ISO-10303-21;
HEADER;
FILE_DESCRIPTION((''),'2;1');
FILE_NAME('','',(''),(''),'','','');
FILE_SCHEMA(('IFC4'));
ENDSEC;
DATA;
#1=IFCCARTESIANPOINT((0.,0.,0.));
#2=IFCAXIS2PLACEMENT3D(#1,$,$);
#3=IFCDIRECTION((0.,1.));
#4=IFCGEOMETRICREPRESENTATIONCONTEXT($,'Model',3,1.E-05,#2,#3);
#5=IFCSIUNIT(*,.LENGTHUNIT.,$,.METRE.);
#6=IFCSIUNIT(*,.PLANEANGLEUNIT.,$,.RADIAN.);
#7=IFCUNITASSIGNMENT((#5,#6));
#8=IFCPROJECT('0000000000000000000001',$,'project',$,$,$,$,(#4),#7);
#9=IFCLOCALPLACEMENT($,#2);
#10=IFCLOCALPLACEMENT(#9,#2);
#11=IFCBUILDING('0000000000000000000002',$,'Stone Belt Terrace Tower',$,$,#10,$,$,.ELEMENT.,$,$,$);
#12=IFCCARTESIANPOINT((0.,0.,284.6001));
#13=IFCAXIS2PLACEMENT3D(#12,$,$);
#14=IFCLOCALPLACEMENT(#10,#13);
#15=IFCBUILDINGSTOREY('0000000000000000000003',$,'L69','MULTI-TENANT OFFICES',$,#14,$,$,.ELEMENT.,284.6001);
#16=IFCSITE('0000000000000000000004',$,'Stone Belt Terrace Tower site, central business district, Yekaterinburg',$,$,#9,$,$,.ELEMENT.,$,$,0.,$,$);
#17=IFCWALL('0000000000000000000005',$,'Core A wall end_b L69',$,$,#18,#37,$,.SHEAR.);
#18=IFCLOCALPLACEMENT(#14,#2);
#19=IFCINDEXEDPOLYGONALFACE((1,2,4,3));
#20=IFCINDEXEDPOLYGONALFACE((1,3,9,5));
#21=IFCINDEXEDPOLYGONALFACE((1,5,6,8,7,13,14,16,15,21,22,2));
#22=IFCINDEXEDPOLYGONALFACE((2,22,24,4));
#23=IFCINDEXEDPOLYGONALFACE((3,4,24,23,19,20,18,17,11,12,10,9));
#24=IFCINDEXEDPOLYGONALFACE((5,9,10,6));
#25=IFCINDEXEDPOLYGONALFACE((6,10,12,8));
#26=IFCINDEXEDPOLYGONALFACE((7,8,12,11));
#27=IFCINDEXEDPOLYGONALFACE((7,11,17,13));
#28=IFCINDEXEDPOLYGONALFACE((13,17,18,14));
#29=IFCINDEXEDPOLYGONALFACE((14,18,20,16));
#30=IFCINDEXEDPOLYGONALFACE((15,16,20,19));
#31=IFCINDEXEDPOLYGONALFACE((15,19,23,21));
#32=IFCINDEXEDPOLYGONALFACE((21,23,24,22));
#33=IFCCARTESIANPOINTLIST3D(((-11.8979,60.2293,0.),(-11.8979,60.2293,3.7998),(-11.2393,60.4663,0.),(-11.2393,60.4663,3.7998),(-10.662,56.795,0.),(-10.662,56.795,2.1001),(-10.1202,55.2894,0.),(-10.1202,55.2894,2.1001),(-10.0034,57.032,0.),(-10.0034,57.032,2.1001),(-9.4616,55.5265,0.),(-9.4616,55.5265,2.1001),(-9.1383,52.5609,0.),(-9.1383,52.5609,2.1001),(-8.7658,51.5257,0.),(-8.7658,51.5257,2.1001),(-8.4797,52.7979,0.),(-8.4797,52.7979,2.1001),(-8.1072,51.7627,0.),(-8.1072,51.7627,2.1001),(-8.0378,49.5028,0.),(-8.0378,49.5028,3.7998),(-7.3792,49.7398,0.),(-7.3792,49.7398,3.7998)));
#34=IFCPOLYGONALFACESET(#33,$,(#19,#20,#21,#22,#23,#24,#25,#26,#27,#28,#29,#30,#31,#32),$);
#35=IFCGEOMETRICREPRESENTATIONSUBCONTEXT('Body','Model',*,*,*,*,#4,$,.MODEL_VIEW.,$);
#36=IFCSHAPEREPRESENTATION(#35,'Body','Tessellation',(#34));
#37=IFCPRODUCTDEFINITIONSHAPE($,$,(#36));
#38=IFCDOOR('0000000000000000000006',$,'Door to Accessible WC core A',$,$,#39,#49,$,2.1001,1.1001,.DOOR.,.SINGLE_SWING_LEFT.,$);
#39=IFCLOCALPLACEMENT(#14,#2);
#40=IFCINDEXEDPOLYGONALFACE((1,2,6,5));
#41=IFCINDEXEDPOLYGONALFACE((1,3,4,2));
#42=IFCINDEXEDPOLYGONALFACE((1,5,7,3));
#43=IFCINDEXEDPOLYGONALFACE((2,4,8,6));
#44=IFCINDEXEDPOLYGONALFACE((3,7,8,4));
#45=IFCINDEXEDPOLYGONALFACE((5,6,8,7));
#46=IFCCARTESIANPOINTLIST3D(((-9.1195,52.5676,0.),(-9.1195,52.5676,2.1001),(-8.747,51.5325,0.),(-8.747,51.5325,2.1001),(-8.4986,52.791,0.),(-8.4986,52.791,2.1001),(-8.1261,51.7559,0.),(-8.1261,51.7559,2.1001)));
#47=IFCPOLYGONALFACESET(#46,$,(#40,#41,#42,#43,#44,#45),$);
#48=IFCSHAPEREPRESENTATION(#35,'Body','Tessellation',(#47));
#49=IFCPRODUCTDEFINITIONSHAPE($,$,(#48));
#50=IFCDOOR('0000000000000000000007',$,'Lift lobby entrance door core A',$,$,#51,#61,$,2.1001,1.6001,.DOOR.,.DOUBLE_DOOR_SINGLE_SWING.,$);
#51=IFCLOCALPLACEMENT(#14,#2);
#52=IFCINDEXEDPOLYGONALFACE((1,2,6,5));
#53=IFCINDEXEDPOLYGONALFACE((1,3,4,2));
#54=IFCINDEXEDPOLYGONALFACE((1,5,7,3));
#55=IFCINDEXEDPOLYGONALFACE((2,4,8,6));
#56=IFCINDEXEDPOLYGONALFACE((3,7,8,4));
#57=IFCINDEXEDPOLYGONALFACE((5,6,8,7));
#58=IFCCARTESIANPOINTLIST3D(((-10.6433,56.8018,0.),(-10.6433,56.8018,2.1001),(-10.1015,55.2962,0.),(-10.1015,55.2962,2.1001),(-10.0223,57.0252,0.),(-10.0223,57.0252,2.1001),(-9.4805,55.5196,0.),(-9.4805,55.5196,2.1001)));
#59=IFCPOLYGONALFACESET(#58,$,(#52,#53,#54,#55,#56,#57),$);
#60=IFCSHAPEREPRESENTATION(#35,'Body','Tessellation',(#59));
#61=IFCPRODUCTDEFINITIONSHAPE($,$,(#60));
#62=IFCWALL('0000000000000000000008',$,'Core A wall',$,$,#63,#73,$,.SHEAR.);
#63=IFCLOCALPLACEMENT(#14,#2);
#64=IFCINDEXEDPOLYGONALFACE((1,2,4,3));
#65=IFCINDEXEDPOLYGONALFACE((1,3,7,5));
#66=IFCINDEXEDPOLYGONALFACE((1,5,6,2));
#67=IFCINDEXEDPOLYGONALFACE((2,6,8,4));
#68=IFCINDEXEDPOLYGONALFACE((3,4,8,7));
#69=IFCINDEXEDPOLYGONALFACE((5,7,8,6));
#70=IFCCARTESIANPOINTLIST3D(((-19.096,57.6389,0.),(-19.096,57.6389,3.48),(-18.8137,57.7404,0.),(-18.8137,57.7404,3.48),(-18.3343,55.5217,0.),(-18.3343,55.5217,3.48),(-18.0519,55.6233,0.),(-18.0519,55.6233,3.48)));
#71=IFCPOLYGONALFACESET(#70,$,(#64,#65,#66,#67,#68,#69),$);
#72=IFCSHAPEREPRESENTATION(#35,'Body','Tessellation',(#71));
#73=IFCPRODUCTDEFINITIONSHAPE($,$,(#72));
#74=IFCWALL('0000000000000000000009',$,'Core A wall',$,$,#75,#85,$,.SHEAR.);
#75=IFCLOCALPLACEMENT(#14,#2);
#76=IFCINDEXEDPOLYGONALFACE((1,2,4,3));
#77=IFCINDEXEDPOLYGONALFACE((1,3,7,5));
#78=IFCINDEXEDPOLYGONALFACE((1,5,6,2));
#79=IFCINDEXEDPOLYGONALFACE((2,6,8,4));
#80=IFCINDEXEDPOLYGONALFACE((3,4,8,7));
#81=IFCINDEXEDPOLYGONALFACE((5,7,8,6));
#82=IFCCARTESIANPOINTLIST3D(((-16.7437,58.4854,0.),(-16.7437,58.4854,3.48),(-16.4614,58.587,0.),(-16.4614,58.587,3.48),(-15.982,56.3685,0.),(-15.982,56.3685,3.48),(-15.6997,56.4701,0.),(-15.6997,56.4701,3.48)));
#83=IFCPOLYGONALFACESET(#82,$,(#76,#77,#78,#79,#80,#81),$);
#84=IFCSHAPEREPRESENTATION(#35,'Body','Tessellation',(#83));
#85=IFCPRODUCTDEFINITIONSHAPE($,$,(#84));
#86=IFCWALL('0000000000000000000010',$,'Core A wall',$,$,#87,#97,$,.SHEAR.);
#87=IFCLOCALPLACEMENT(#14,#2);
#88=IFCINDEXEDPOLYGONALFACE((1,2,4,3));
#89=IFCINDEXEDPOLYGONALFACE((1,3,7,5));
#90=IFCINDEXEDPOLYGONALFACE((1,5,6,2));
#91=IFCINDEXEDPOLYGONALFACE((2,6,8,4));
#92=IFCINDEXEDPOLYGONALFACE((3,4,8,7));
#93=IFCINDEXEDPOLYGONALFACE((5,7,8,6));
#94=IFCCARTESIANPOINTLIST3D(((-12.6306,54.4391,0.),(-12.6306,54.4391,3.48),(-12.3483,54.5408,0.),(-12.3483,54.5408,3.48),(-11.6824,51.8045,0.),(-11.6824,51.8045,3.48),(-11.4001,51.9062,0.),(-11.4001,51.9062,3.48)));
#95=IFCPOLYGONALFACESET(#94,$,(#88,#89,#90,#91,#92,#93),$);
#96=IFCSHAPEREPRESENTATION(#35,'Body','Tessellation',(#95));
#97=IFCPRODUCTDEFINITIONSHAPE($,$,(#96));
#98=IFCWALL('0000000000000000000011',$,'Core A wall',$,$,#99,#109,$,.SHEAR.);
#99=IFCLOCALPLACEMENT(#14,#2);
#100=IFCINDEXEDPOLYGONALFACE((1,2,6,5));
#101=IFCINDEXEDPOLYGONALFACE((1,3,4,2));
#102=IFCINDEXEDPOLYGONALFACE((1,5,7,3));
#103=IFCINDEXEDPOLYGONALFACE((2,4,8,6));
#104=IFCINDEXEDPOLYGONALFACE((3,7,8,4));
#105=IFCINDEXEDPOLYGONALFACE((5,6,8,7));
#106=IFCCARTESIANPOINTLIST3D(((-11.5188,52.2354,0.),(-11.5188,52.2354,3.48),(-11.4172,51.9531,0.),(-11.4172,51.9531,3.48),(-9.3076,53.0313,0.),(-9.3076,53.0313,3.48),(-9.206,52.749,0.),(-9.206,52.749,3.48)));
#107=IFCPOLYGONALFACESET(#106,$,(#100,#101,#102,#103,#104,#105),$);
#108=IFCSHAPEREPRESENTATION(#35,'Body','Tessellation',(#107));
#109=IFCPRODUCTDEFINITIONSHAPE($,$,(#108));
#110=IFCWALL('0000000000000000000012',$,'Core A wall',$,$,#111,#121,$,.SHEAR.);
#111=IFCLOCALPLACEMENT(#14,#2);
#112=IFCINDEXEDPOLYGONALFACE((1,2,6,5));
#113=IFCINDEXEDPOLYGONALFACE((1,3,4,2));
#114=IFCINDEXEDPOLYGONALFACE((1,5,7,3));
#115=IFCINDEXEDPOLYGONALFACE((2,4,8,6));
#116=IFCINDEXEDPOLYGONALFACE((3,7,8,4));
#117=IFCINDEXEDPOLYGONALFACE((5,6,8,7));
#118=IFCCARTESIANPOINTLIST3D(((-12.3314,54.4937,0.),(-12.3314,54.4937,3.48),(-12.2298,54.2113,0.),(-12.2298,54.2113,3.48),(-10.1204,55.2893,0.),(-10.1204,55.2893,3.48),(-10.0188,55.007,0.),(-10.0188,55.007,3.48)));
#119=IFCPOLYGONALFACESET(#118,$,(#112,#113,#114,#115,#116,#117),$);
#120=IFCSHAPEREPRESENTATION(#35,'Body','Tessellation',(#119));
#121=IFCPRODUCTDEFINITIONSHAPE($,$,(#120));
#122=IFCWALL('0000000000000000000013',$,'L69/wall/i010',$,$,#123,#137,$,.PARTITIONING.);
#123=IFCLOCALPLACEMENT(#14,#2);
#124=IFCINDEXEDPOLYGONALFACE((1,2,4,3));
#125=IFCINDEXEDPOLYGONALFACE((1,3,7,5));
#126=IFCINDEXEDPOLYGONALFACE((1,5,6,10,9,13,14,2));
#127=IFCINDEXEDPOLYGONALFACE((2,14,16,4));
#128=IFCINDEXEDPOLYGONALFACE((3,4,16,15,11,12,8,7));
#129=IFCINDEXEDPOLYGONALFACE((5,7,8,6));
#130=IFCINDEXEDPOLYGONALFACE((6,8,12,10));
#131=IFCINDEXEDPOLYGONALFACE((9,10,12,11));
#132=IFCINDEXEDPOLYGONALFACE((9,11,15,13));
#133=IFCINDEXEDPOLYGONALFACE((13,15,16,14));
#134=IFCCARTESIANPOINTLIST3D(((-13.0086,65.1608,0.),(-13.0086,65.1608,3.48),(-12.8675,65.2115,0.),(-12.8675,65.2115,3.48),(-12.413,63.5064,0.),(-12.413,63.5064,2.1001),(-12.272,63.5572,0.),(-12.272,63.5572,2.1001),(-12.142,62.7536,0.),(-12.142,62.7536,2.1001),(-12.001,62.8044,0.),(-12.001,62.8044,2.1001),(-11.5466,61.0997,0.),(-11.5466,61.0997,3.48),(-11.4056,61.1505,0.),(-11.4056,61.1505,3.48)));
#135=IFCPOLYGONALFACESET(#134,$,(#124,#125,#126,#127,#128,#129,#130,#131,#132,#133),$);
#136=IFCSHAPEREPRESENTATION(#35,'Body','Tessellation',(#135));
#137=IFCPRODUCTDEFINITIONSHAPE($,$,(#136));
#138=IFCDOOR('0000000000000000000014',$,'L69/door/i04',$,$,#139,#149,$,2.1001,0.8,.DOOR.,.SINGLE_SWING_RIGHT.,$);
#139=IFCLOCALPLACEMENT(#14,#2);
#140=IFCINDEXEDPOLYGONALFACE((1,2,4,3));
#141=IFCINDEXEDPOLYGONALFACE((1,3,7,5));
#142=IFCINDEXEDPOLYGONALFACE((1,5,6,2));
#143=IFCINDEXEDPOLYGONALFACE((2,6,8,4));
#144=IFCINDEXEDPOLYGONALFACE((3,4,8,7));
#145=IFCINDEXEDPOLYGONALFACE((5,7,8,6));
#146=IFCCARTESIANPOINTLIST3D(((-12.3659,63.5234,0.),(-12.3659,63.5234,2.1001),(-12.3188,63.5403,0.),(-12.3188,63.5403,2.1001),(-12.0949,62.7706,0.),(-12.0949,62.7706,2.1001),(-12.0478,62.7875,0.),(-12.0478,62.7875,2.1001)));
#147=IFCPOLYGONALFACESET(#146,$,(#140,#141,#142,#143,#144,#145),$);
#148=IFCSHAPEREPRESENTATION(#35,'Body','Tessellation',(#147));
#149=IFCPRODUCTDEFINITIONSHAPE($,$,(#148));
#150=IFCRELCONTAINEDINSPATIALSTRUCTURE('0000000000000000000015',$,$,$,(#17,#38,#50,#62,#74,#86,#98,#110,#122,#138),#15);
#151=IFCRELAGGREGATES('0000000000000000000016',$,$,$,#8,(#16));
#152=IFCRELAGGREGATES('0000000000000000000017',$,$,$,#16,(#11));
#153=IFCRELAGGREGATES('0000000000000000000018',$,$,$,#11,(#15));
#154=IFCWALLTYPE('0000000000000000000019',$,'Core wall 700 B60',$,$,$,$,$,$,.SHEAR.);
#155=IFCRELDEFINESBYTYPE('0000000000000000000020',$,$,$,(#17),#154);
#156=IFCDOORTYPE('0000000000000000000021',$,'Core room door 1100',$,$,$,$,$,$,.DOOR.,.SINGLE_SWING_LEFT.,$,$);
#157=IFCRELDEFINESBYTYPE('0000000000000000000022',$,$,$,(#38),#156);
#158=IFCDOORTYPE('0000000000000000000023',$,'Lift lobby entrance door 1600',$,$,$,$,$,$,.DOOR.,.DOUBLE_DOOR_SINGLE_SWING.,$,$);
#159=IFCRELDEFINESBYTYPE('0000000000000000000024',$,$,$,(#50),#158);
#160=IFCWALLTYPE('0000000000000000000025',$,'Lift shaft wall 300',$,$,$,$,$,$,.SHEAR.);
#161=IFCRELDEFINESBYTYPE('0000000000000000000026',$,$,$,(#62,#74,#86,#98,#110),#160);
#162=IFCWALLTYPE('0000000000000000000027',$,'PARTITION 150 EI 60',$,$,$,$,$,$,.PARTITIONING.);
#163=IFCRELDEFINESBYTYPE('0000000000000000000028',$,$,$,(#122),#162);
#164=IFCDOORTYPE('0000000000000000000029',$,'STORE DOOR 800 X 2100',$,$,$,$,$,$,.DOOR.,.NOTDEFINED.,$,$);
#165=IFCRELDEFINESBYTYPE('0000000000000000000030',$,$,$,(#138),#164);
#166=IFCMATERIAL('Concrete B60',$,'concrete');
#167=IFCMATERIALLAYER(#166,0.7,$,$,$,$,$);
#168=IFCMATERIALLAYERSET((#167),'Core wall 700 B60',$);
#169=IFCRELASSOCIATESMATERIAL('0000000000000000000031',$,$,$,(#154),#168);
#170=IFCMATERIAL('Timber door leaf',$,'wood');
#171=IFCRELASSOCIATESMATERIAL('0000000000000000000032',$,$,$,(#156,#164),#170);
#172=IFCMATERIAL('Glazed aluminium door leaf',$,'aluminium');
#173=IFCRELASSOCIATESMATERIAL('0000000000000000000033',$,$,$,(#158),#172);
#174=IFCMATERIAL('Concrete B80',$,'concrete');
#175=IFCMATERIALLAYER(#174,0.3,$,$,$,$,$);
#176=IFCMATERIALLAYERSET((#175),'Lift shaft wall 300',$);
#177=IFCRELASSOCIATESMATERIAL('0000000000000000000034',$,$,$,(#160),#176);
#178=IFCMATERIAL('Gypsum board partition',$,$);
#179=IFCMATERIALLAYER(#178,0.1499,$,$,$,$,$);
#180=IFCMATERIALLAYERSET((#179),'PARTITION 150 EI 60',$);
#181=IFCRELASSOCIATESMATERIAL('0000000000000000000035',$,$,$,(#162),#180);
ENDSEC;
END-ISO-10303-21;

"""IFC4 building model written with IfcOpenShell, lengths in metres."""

from ifc_helpers import new_model, si_unit, direction, frame, frame_2d, origin, place, context, subcontext, project, spatial, rectangle, extrude, material, layer, layer_set, type_object, element, fill, save


model = new_model("IFC4")

# Units and contexts
model_context = context("Model", 3, precision=1e-05, world=origin(), true_north=direction((0.0, 1.0)))
body_context = subcontext(model_context, "Body", "Model", "MODEL_VIEW")
ifc_project = project(units=[si_unit("LENGTHUNIT", "METRE"), si_unit("PLANEANGLEUNIT", "RADIAN")], contexts=[model_context])

# Site, building, storey
site_placement = place(None, origin())
site = spatial("IfcSite", under=ifc_project, at=site_placement, Name="Stone Belt Terrace Tower site, central business district, Yekaterinburg", CompositionType="ELEMENT", RefElevation=0.0)
building_placement = place(site_placement, origin())
building = spatial("IfcBuilding", under=site, at=building_placement, Name="Stone Belt Terrace Tower", CompositionType="ELEMENT")
storey_placement = place(building_placement, frame((0.0, 0.0, 284.6001)))
storey = spatial("IfcBuildingStorey", under=building, at=storey_placement, Name="L69", Description="MULTI-TENANT OFFICES", CompositionType="ELEMENT", Elevation=284.6001)

# Shared definitions
ifc_material_1 = material(Name="Concrete B60", Category="concrete")

# Shared definitions
ifc_material_2 = material(Name="Timber door leaf", Category="wood")

# Wall, openings, doors
ifc_layer_1 = layer(ifc_material_1, 0.7)
ifc_layer_set_1 = layer_set([ifc_layer_1], Name="Core wall 700 B60")
wall_type_1 = type_object("IfcWallType", Name="Core wall 700 B60", PredefinedType="SHEAR", material=ifc_layer_set_1)
wall_1_placement = place(storey_placement, frame((-7.7085, 49.6213, 0.0), z_axis=(0.0, 0.0, 1.0), x_axis=(-0.338606, 0.940928, 0.0)))
wall_1 = element("IfcWall", 1, at=wall_1_placement, inside=storey, type_object=wall_type_1, Name="Core A wall end_b L69", PredefinedType="SHEAR", context=body_context, shape_type="SweptSolid", body=[
    extrude(rectangle(XDim=11.3999, YDim=0.7, at=frame_2d((5.7, 0.0))), origin(), (0.0, 0.0, 1.0), 3.7998),
])
opening_1_placement = place(wall_1_placement, frame((6.1499, 0.0, 0.0)))
opening_1 = element("IfcOpeningElement", 2, at=opening_1_placement, cuts=wall_1, PredefinedType="OPENING", context=body_context, shape_type="SweptSolid", body=[
    extrude(rectangle(XDim=1.6001, YDim=2.1001, at=frame_2d((0.8, 1.05))), frame((0.0, 0.3599, 0.0), z_axis=(0.0, -1.0, 0.0), x_axis=(1.0, 0.0, 0.0)), (0.0, 0.0, 1.0), 0.72),
])
opening_2_placement = place(wall_1_placement, frame((2.1499, 0.0, 0.0)))
opening_2 = element("IfcOpeningElement", 3, at=opening_2_placement, cuts=wall_1, PredefinedType="OPENING", context=body_context, shape_type="SweptSolid", body=[
    extrude(rectangle(XDim=1.1001, YDim=2.1001, at=frame_2d((0.55, 1.05))), frame((0.0, 0.3599, 0.0), z_axis=(0.0, -1.0, 0.0), x_axis=(1.0, 0.0, 0.0)), (0.0, 0.0, 1.0), 0.72),
])
door_type_1 = type_object("IfcDoorType", Name="Core room door 1100", OperationType="SINGLE_SWING_LEFT", PredefinedType="DOOR", material=ifc_material_2)
door_1_placement = place(opening_2_placement, origin())
door_1 = element("IfcDoor", 4, at=door_1_placement, inside=storey, type_object=door_type_1, Name="Door to Accessible WC core A", OperationType="SINGLE_SWING_LEFT", OverallHeight=2.1001, OverallWidth=1.1001, PredefinedType="DOOR", context=body_context, shape_type="SweptSolid", body=[
    extrude(rectangle(XDim=1.1001, YDim=2.1001, at=frame_2d((0.55, 1.05))), frame((0.0, 0.3301, 0.0), z_axis=(0.0, -1.0, 0.0), x_axis=(1.0, 0.0, 0.0)), (0.0, 0.0, 1.0), 0.6599),
])
fill(opening_2, door_1)
ifc_material_3 = material(Name="Glazed aluminium door leaf", Category="aluminium")
door_type_2 = type_object("IfcDoorType", Name="Lift lobby entrance door 1600", OperationType="DOUBLE_DOOR_SINGLE_SWING", PredefinedType="DOOR", material=ifc_material_3)
door_2_placement = place(opening_1_placement, origin())
door_2 = element("IfcDoor", 5, at=door_2_placement, inside=storey, type_object=door_type_2, Name="Lift lobby entrance door core A", OperationType="DOUBLE_DOOR_SINGLE_SWING", OverallHeight=2.1001, OverallWidth=1.6001, PredefinedType="DOOR", context=body_context, shape_type="SweptSolid", body=[
    extrude(rectangle(XDim=1.6001, YDim=2.1001, at=frame_2d((0.8, 1.05))), frame((0.0, 0.3301, 0.0), z_axis=(0.0, -1.0, 0.0), x_axis=(1.0, 0.0, 0.0)), (0.0, 0.0, 1.0), 0.6599),
])
fill(opening_1, door_2)

# Walls
ifc_material_4 = material(Name="Concrete B80", Category="concrete")
ifc_layer_2 = layer(ifc_material_4, 0.3)
ifc_layer_set_2 = layer_set([ifc_layer_2], Name="Lift shaft wall 300")
wall_type_2 = type_object("IfcWallType", Name="Lift shaft wall 300", PredefinedType="SHEAR", material=ifc_layer_set_2)
wall_2_placement = place(storey_placement, frame((-18.1931, 55.5725, 0.0), z_axis=(0.0, 0.0, 1.0), x_axis=(-0.338535, 0.940954, 0.0)))
element("IfcWall", 6, at=wall_2_placement, inside=storey, type_object=wall_type_2, Name="Core A wall", PredefinedType="SHEAR", context=body_context, shape_type="SweptSolid", body=[
    extrude(rectangle(XDim=2.25, YDim=0.3, at=frame_2d((1.125, 0.0))), origin(), (0.0, 0.0, 1.0), 3.48),
])
wall_3_placement = place(storey_placement, frame((-15.8408, 56.4192, 0.0), z_axis=(0.0, 0.0, 1.0), x_axis=(-0.33857, 0.940941, 0.0)))
element("IfcWall", 7, at=wall_3_placement, inside=storey, type_object=wall_type_2, Name="Core A wall", PredefinedType="SHEAR", context=body_context, shape_type="SweptSolid", body=[
    extrude(rectangle(XDim=2.2498, YDim=0.3, at=frame_2d((1.125, 0.0))), origin(), (0.0, 0.0, 1.0), 3.48),
])
wall_4_placement = place(storey_placement, frame((-11.5413, 51.8555, 0.0), z_axis=(0.0, 0.0, 1.0), x_axis=(-0.338661, 0.940909, 0.0)))
element("IfcWall", 8, at=wall_4_placement, inside=storey, type_object=wall_type_2, Name="Core A wall", PredefinedType="SHEAR", context=body_context, shape_type="SweptSolid", body=[
    extrude(rectangle(XDim=2.8, YDim=0.3, at=frame_2d((1.3999, 0.0))), origin(), (0.0, 0.0, 1.0), 3.48),
])
wall_5_placement = place(storey_placement, frame((-11.468, 52.0942, 0.0), z_axis=(0.0, 0.0, 1.0), x_axis=(0.940905, 0.338672, 0.0)))
element("IfcWall", 9, at=wall_5_placement, inside=storey, type_object=wall_type_2, Name="Core A wall", PredefinedType="SHEAR", context=body_context, shape_type="SweptSolid", body=[
    extrude(rectangle(XDim=2.3501, YDim=0.3, at=frame_2d((1.175, 0.0))), origin(), (0.0, 0.0, 1.0), 3.48),
])
wall_6_placement = place(storey_placement, frame((-12.2805, 54.3525, 0.0), z_axis=(0.0, 0.0, 1.0), x_axis=(0.940926, 0.338613, 0.0)))
element("IfcWall", 10, at=wall_6_placement, inside=storey, type_object=wall_type_2, Name="Core A wall", PredefinedType="SHEAR", context=body_context, shape_type="SweptSolid", body=[
    extrude(rectangle(XDim=2.3499, YDim=0.3, at=frame_2d((1.1748, 0.0))), origin(), (0.0, 0.0, 1.0), 3.48),
])

# Wall, opening, door
ifc_material_5 = material(Name="Gypsum board partition")
ifc_layer_3 = layer(ifc_material_5, 0.1499)
ifc_layer_set_3 = layer_set([ifc_layer_3], Name="PARTITION 150 EI 60")
wall_type_3 = type_object("IfcWallType", Name="PARTITION 150 EI 60", PredefinedType="PARTITIONING", material=ifc_layer_set_3)
wall_7_placement = place(storey_placement, frame((-11.4761, 61.125, 0.0), z_axis=(0.0, 0.0, 1.0), x_axis=(-0.338707, 0.940892, 0.0)))
wall_7 = element("IfcWall", 11, at=wall_7_placement, inside=storey, type_object=wall_type_3, Name="L69/wall/i010", PredefinedType="PARTITIONING", context=body_context, shape_type="SweptSolid", body=[
    extrude(rectangle(XDim=4.3162, YDim=0.1499, at=frame_2d((2.1582, 0.0))), origin(), (0.0, 0.0, 1.0), 3.48),
])
opening_3_placement = place(wall_7_placement, frame((1.7581, 0.0, 0.0)))
opening_3 = element("IfcOpeningElement", 12, at=opening_3_placement, cuts=wall_7, PredefinedType="OPENING", context=body_context, shape_type="SweptSolid", body=[
    extrude(rectangle(XDim=0.8, YDim=2.1001, at=frame_2d((0.3999, 1.05))), frame((0.0, 0.085, 0.0), z_axis=(0.0, -1.0, 0.0), x_axis=(1.0, 0.0, 0.0)), (0.0, 0.0, 1.0), 0.1699),
])
door_type_3 = type_object("IfcDoorType", Name="STORE DOOR 800 X 2100", OperationType="NOTDEFINED", PredefinedType="DOOR", material=ifc_material_2)
door_3_placement = place(opening_3_placement, origin())
door_3 = element("IfcDoor", 13, at=door_3_placement, inside=storey, type_object=door_type_3, Name="L69/door/i04", OperationType="SINGLE_SWING_RIGHT", OverallHeight=2.1001, OverallWidth=0.8, PredefinedType="DOOR", context=body_context, shape_type="SweptSolid", body=[
    extrude(rectangle(XDim=0.8, YDim=2.1001, at=frame_2d((0.3999, 1.05))), frame((0.0, 0.0249, 0.0), z_axis=(0.0, -1.0, 0.0), x_axis=(1.0, 0.0, 0.0)), (0.0, 0.0, 1.0), 0.05),
])
fill(opening_3, door_3)

save(model, "model.ifc")
